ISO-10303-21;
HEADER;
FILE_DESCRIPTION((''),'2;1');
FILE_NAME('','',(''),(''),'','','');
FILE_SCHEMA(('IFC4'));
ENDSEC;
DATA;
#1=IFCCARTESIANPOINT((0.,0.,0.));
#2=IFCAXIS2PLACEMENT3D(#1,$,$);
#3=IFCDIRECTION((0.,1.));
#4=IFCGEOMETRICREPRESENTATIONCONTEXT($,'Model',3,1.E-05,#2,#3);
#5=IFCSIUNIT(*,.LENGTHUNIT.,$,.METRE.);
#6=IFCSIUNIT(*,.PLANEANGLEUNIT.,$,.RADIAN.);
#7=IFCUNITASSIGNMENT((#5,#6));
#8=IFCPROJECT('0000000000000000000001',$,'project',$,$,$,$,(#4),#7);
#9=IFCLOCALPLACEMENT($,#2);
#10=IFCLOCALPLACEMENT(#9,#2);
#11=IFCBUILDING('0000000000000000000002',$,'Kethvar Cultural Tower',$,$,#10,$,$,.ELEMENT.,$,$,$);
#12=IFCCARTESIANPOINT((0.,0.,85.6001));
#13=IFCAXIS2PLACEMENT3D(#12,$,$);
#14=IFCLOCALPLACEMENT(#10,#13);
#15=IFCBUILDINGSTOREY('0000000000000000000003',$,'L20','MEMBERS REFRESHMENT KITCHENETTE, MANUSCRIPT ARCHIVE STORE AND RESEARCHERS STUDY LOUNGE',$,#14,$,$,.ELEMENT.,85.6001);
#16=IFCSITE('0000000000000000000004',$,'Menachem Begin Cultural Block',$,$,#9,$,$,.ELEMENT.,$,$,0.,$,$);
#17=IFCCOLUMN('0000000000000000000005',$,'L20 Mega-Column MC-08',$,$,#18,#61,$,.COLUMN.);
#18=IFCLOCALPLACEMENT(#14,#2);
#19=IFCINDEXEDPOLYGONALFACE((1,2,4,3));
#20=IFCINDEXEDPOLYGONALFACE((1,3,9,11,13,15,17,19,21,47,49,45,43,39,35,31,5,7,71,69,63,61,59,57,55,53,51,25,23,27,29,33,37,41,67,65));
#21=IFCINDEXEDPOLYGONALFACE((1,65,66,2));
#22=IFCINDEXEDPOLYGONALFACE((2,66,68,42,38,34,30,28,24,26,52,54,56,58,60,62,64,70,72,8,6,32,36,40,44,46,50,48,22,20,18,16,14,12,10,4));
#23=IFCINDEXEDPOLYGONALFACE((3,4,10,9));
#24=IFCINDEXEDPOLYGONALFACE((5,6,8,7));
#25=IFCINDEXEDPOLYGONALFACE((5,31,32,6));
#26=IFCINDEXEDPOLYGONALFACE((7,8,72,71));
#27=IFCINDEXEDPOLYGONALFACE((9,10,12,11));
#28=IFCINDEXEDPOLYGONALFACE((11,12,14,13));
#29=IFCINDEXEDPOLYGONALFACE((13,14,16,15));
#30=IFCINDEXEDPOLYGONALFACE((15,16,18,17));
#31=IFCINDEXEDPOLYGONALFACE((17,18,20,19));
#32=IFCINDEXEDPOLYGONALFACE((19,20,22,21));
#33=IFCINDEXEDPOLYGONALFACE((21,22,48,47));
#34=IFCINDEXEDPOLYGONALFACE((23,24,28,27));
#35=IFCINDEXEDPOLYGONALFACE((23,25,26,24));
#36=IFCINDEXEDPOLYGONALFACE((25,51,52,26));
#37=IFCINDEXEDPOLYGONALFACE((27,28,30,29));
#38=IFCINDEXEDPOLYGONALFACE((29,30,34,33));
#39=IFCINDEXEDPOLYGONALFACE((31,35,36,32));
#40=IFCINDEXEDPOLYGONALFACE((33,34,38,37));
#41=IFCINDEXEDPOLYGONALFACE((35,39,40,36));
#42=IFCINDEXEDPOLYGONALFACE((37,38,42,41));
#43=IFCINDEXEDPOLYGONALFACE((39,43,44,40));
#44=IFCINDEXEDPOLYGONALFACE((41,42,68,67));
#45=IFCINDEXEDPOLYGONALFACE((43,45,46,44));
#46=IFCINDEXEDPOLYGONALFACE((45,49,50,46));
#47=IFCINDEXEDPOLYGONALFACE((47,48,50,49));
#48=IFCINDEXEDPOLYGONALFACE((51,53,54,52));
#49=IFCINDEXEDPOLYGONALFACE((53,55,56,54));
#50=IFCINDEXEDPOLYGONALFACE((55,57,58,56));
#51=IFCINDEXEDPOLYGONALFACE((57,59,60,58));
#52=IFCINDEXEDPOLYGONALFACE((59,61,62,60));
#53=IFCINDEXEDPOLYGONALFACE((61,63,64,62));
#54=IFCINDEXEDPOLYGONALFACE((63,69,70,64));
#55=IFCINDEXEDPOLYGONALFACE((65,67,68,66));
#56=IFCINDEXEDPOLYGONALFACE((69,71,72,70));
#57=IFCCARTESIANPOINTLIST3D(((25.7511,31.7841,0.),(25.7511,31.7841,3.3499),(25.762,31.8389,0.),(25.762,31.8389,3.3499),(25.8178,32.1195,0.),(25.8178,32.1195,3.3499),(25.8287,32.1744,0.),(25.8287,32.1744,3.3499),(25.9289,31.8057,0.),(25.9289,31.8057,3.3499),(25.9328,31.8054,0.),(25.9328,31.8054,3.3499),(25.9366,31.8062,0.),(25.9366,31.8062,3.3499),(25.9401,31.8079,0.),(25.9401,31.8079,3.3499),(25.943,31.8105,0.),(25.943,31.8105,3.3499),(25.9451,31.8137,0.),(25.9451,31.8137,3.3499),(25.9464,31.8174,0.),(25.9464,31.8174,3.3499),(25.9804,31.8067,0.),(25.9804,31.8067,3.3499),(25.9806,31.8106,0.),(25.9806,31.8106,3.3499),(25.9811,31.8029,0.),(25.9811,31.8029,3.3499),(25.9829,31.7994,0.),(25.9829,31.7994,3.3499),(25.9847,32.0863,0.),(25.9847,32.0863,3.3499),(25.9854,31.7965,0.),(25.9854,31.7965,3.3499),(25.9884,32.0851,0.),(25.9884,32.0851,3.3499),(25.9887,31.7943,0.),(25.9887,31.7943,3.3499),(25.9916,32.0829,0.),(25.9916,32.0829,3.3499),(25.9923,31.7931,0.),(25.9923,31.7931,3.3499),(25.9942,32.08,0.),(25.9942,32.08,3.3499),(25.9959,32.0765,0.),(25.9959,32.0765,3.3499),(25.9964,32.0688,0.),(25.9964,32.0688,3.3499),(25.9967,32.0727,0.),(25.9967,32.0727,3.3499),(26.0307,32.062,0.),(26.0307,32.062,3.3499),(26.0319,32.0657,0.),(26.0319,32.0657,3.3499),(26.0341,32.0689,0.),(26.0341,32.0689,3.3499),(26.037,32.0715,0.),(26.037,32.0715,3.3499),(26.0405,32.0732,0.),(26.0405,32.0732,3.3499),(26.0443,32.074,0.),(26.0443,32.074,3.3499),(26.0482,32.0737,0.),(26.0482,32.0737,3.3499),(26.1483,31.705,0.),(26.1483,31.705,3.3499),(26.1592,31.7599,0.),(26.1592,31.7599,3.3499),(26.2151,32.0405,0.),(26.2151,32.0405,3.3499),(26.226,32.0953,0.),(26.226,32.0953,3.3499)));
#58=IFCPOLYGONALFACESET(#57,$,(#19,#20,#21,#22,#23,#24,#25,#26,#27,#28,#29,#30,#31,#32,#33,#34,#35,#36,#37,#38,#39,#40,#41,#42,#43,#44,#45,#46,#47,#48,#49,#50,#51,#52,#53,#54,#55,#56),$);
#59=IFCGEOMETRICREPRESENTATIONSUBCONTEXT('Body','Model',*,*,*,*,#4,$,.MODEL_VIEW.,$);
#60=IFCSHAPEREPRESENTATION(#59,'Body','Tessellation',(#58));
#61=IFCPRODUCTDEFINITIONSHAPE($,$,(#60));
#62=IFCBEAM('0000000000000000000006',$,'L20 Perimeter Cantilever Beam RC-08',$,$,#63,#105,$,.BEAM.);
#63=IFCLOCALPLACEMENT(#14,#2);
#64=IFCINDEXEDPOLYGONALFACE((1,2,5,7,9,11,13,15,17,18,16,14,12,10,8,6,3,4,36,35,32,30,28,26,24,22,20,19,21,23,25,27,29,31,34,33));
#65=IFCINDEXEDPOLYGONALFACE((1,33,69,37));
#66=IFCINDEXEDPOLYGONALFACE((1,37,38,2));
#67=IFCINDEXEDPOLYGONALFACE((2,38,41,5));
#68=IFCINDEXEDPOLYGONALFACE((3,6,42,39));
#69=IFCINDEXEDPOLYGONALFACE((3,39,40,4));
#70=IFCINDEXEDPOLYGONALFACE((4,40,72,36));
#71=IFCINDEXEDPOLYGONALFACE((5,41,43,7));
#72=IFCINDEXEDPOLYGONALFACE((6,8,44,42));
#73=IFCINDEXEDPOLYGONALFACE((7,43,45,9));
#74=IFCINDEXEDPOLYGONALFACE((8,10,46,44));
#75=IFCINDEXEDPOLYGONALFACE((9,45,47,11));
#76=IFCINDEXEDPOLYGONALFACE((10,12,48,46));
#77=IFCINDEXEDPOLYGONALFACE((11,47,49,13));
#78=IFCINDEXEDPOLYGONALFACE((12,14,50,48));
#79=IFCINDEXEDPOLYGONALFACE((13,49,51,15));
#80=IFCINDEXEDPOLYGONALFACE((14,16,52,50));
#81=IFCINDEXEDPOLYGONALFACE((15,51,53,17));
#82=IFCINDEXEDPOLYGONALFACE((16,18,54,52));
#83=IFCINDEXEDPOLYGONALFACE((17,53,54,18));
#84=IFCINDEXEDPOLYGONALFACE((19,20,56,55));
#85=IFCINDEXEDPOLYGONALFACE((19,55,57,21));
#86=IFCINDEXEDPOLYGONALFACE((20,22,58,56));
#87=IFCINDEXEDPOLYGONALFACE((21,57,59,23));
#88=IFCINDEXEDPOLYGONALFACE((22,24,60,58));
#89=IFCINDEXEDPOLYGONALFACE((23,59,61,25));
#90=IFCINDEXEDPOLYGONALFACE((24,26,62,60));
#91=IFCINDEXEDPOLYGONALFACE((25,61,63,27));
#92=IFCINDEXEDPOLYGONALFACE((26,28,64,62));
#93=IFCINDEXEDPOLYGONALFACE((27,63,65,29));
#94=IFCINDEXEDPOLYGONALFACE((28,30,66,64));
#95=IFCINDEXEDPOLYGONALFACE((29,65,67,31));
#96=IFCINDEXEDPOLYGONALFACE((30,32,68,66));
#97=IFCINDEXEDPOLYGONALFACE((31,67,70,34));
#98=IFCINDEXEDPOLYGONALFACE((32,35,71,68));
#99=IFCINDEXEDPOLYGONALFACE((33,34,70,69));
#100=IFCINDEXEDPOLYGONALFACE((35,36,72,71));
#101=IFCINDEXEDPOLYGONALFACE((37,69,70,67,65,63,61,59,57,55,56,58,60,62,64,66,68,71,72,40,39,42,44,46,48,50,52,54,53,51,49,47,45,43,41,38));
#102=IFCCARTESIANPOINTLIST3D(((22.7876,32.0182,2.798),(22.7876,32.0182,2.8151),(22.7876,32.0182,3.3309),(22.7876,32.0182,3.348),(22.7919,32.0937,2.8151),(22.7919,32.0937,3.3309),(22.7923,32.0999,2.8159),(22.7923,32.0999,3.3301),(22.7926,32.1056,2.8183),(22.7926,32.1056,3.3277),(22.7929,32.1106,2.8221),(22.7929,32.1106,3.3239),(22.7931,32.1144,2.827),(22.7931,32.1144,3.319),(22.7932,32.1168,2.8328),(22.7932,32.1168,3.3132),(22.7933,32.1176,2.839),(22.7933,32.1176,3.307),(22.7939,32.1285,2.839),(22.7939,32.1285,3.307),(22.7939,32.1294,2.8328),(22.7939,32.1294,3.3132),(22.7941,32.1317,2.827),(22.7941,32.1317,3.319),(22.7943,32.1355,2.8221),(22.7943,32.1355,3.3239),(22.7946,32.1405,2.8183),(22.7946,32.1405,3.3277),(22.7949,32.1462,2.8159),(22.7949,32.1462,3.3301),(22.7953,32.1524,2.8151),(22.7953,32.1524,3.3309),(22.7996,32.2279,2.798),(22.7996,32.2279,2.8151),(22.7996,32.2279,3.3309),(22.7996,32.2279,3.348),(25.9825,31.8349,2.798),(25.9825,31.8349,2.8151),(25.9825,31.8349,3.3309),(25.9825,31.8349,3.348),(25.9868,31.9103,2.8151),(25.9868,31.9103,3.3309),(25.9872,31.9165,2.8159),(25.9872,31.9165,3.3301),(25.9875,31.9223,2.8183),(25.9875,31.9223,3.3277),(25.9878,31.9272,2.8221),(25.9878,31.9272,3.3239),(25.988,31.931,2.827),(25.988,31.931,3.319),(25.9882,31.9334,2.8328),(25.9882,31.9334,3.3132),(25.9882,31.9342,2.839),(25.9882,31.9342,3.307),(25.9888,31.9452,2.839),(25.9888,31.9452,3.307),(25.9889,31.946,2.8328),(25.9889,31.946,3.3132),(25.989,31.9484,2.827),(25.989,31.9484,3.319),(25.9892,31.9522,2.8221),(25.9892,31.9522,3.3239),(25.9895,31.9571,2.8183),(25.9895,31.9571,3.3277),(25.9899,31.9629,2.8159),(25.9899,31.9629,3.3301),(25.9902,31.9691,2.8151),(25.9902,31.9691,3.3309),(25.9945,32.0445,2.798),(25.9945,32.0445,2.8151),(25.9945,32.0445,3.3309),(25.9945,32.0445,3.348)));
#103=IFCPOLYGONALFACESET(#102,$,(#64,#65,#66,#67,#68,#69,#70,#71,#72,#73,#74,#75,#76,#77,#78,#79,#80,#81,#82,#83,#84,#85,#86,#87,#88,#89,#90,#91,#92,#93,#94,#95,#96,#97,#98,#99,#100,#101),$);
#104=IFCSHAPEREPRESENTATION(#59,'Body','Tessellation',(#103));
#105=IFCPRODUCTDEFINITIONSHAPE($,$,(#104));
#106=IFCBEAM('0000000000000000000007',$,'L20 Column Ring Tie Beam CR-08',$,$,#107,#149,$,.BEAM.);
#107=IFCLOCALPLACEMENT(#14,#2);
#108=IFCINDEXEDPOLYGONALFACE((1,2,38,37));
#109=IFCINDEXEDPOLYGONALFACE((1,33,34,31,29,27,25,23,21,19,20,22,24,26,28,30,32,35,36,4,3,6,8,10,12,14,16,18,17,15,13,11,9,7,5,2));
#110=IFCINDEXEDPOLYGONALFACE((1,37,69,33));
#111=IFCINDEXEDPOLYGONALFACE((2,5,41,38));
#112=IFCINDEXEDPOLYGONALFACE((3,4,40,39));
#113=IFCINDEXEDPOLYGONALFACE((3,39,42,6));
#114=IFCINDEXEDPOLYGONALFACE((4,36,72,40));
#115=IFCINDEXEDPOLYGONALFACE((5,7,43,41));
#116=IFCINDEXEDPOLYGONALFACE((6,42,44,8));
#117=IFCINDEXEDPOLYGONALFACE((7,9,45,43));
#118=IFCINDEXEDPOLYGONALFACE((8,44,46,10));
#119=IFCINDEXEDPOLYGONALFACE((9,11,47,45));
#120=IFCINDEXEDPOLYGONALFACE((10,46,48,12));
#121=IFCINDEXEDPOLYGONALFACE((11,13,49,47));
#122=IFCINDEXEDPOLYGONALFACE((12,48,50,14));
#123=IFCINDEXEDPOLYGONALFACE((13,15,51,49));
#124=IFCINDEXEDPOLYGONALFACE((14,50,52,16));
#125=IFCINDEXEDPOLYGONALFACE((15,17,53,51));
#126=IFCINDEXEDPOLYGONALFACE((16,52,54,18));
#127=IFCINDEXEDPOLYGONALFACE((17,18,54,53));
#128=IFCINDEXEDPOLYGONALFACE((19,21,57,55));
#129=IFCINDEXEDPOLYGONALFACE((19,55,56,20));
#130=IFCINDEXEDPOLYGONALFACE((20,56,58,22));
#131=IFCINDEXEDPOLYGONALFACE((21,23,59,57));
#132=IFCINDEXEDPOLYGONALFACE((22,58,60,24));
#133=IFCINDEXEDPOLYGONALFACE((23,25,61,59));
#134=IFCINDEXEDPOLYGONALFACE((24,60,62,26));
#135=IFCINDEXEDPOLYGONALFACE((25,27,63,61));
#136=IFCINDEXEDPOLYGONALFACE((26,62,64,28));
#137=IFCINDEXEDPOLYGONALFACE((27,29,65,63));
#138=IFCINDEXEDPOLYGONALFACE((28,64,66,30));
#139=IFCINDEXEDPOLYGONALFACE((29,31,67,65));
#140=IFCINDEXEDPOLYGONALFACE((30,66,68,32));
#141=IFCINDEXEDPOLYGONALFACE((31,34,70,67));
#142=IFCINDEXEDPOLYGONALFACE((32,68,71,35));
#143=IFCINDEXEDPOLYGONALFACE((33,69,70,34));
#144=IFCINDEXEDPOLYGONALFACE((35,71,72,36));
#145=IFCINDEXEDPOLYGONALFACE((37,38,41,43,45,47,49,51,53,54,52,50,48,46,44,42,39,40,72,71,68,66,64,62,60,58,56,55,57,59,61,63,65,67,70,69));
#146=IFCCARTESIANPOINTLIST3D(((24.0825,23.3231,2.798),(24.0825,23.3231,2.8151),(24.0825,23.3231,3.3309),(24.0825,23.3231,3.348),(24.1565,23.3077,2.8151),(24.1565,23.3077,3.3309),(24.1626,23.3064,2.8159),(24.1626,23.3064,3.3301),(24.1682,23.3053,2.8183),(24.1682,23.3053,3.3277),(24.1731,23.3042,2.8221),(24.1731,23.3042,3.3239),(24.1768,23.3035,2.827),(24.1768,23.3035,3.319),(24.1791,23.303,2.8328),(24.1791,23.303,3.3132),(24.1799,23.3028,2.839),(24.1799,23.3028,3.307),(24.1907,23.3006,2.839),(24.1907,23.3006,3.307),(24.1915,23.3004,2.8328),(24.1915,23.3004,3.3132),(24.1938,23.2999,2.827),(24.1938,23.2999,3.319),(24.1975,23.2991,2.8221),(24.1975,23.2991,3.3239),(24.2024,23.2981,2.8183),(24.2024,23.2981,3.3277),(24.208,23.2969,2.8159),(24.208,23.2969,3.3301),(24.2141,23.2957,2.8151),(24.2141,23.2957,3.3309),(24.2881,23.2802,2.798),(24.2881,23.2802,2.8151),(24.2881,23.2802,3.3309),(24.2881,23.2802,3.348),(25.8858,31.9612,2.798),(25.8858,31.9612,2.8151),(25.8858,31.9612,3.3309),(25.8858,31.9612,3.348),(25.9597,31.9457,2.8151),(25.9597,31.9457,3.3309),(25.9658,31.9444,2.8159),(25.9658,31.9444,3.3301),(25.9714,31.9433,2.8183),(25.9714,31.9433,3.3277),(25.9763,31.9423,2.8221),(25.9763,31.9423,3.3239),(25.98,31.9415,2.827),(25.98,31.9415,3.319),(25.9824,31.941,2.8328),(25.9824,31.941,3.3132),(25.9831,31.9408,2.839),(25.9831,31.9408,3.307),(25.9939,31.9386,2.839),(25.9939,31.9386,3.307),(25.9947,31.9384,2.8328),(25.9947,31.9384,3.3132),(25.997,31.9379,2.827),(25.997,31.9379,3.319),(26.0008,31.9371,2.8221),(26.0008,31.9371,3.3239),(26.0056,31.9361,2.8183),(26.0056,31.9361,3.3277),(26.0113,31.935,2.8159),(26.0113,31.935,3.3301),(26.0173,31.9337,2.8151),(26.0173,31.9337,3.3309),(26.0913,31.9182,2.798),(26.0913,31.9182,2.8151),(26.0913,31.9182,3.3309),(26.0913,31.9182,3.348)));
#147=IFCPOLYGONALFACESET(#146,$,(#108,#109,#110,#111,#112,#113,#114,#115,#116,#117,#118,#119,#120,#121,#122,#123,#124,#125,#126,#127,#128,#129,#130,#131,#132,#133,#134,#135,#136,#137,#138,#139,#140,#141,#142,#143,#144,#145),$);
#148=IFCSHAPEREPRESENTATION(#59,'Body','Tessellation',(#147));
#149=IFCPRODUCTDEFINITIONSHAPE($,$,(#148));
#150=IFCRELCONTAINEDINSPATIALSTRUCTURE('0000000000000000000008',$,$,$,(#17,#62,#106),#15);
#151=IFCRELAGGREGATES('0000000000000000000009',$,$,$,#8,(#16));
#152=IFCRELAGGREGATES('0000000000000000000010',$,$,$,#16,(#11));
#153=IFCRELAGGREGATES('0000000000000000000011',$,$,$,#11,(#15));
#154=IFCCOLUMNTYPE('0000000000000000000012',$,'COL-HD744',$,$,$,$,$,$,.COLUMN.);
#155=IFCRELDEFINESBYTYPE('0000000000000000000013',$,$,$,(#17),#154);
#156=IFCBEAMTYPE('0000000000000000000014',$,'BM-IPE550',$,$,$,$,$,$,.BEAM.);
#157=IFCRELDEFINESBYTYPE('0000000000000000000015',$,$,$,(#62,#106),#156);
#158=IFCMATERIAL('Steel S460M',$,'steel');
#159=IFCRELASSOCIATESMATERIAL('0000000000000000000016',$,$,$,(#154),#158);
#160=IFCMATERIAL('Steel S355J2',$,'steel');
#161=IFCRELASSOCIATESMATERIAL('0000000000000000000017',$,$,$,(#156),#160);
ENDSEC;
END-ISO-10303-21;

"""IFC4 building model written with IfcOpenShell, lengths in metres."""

from ifc_helpers import new_model, si_unit, direction, frame, origin, origin_2d, place, context, subcontext, project, spatial, i_section, extrude, source, transform, mapped, material, material_profile, profile_set, type_object, element, save


model = new_model("IFC4")

# Units and contexts
model_context = context("Model", 3, precision=1e-05, world=origin(), true_north=direction((0.0, 1.0)))
body_context = subcontext(model_context, "Body", "Model", "MODEL_VIEW")
ifc_project = project(units=[si_unit("LENGTHUNIT", "METRE"), si_unit("PLANEANGLEUNIT", "RADIAN")], contexts=[model_context])

# Site, building, storey
site_placement = place(None, origin())
site = spatial("IfcSite", under=ifc_project, at=site_placement, Name="Menachem Begin Cultural Block", CompositionType="ELEMENT", RefElevation=0.0)
building_placement = place(site_placement, origin())
building = spatial("IfcBuilding", under=site, at=building_placement, Name="Kethvar Cultural Tower", CompositionType="ELEMENT")
storey_placement = place(building_placement, frame((0.0, 0.0, 85.6001)))
storey = spatial("IfcBuildingStorey", under=building, at=storey_placement, Name="L20", Description="MEMBERS REFRESHMENT KITCHENETTE, MANUSCRIPT ARCHIVE STORE AND RESEARCHERS STUDY LOUNGE", CompositionType="ELEMENT", Elevation=85.6001)

# Column
ifc_material_1 = material(Name="Steel S460M", Category="steel")
ifc_material_profile_1 = material_profile(ifc_material_1, i_section(OverallWidth=0.405, OverallDepth=0.3979, WebThickness=0.0349, FlangeThickness=0.0559, FilletRadius=0.0149, at=origin_2d()), Name="Steel S460M — HD400x744")
ifc_profile_set_1 = profile_set([ifc_material_profile_1], Name="Steel S460M — HD400x744")
column_type = type_object("IfcColumnType", Name="COL-HD744", PredefinedType="COLUMN", material=ifc_profile_set_1)
shared_shape_1 = source(origin(), body_context, "Body", "SweptSolid", [
    extrude(i_section(OverallWidth=0.405, OverallDepth=0.3979, WebThickness=0.0349, FlangeThickness=0.0559, FilletRadius=0.0149, at=origin_2d()), origin(), (0.0, 0.0, 1.0), 3.3499),
])
column_placement = place(storey_placement, frame((25.9885, 31.9397, 0.0), z_axis=(0.0, 0.0, 1.0), x_axis=(-0.980785, 0.19509, 0.0)))
element("IfcColumn", 1, at=column_placement, inside=storey, type_object=column_type, Name="L20 Mega-Column MC-08", PredefinedType="COLUMN", context=body_context, shape_type="MappedRepresentation", body=[
    mapped(shared_shape_1, transform((0.0, 0.0, 0.0), scale=1.0)),
])

# Beams
ifc_material_2 = material(Name="Steel S355J2", Category="steel")
ifc_material_profile_2 = material_profile(ifc_material_2, i_section(OverallWidth=0.21, OverallDepth=0.55, WebThickness=0.011, FlangeThickness=0.0171, FilletRadius=0.0239, at=origin_2d()), Name="Steel S355J2 — IPE550")
ifc_profile_set_2 = profile_set([ifc_material_profile_2], Name="Steel S355J2 — IPE550")
beam_type_1 = type_object("IfcBeamType", Name="BM-IPE550", PredefinedType="BEAM", material=ifc_profile_set_2)
shared_shape_2 = source(origin(), body_context, "Body", "SweptSolid", [
    extrude(i_section(OverallWidth=0.21, OverallDepth=0.55, WebThickness=0.011, FlangeThickness=0.0171, FilletRadius=0.0239, at=origin_2d()), origin(), (0.0, 0.0, 1.0), 3.2002),
])
beam_1_placement = place(storey_placement, frame((25.9885, 31.9397, 3.073), z_axis=(-0.998357, 0.057295, 0.0), x_axis=(-0.057295, -0.998357, 0.0)))
element("IfcBeam", 2, at=beam_1_placement, inside=storey, type_object=beam_type_1, Name="L20 Perimeter Cantilever Beam RC-08", PredefinedType="BEAM", context=body_context, shape_type="MappedRepresentation", body=[
    mapped(shared_shape_2, transform((0.0, 0.0, 0.0), scale=1.0)),
])
shared_shape_3 = source(origin(), body_context, "Body", "SweptSolid", [
    extrude(i_section(OverallWidth=0.21, OverallDepth=0.55, WebThickness=0.011, FlangeThickness=0.0171, FilletRadius=0.0239, at=origin_2d()), origin(), (0.0, 0.0, 1.0), 8.8242),
])
beam_2_placement = place(storey_placement, frame((25.9885, 31.9397, 3.073), z_axis=(-0.204351, -0.978898, 0.0), x_axis=(0.978898, -0.204351, 0.0)))
element("IfcBeam", 3, at=beam_2_placement, inside=storey, type_object=beam_type_1, Name="L20 Column Ring Tie Beam CR-08", PredefinedType="BEAM", context=body_context, shape_type="MappedRepresentation", body=[
    mapped(shared_shape_3, transform((0.0, 0.0, 0.0), scale=1.0)),
])

save(model, "model.ifc")
